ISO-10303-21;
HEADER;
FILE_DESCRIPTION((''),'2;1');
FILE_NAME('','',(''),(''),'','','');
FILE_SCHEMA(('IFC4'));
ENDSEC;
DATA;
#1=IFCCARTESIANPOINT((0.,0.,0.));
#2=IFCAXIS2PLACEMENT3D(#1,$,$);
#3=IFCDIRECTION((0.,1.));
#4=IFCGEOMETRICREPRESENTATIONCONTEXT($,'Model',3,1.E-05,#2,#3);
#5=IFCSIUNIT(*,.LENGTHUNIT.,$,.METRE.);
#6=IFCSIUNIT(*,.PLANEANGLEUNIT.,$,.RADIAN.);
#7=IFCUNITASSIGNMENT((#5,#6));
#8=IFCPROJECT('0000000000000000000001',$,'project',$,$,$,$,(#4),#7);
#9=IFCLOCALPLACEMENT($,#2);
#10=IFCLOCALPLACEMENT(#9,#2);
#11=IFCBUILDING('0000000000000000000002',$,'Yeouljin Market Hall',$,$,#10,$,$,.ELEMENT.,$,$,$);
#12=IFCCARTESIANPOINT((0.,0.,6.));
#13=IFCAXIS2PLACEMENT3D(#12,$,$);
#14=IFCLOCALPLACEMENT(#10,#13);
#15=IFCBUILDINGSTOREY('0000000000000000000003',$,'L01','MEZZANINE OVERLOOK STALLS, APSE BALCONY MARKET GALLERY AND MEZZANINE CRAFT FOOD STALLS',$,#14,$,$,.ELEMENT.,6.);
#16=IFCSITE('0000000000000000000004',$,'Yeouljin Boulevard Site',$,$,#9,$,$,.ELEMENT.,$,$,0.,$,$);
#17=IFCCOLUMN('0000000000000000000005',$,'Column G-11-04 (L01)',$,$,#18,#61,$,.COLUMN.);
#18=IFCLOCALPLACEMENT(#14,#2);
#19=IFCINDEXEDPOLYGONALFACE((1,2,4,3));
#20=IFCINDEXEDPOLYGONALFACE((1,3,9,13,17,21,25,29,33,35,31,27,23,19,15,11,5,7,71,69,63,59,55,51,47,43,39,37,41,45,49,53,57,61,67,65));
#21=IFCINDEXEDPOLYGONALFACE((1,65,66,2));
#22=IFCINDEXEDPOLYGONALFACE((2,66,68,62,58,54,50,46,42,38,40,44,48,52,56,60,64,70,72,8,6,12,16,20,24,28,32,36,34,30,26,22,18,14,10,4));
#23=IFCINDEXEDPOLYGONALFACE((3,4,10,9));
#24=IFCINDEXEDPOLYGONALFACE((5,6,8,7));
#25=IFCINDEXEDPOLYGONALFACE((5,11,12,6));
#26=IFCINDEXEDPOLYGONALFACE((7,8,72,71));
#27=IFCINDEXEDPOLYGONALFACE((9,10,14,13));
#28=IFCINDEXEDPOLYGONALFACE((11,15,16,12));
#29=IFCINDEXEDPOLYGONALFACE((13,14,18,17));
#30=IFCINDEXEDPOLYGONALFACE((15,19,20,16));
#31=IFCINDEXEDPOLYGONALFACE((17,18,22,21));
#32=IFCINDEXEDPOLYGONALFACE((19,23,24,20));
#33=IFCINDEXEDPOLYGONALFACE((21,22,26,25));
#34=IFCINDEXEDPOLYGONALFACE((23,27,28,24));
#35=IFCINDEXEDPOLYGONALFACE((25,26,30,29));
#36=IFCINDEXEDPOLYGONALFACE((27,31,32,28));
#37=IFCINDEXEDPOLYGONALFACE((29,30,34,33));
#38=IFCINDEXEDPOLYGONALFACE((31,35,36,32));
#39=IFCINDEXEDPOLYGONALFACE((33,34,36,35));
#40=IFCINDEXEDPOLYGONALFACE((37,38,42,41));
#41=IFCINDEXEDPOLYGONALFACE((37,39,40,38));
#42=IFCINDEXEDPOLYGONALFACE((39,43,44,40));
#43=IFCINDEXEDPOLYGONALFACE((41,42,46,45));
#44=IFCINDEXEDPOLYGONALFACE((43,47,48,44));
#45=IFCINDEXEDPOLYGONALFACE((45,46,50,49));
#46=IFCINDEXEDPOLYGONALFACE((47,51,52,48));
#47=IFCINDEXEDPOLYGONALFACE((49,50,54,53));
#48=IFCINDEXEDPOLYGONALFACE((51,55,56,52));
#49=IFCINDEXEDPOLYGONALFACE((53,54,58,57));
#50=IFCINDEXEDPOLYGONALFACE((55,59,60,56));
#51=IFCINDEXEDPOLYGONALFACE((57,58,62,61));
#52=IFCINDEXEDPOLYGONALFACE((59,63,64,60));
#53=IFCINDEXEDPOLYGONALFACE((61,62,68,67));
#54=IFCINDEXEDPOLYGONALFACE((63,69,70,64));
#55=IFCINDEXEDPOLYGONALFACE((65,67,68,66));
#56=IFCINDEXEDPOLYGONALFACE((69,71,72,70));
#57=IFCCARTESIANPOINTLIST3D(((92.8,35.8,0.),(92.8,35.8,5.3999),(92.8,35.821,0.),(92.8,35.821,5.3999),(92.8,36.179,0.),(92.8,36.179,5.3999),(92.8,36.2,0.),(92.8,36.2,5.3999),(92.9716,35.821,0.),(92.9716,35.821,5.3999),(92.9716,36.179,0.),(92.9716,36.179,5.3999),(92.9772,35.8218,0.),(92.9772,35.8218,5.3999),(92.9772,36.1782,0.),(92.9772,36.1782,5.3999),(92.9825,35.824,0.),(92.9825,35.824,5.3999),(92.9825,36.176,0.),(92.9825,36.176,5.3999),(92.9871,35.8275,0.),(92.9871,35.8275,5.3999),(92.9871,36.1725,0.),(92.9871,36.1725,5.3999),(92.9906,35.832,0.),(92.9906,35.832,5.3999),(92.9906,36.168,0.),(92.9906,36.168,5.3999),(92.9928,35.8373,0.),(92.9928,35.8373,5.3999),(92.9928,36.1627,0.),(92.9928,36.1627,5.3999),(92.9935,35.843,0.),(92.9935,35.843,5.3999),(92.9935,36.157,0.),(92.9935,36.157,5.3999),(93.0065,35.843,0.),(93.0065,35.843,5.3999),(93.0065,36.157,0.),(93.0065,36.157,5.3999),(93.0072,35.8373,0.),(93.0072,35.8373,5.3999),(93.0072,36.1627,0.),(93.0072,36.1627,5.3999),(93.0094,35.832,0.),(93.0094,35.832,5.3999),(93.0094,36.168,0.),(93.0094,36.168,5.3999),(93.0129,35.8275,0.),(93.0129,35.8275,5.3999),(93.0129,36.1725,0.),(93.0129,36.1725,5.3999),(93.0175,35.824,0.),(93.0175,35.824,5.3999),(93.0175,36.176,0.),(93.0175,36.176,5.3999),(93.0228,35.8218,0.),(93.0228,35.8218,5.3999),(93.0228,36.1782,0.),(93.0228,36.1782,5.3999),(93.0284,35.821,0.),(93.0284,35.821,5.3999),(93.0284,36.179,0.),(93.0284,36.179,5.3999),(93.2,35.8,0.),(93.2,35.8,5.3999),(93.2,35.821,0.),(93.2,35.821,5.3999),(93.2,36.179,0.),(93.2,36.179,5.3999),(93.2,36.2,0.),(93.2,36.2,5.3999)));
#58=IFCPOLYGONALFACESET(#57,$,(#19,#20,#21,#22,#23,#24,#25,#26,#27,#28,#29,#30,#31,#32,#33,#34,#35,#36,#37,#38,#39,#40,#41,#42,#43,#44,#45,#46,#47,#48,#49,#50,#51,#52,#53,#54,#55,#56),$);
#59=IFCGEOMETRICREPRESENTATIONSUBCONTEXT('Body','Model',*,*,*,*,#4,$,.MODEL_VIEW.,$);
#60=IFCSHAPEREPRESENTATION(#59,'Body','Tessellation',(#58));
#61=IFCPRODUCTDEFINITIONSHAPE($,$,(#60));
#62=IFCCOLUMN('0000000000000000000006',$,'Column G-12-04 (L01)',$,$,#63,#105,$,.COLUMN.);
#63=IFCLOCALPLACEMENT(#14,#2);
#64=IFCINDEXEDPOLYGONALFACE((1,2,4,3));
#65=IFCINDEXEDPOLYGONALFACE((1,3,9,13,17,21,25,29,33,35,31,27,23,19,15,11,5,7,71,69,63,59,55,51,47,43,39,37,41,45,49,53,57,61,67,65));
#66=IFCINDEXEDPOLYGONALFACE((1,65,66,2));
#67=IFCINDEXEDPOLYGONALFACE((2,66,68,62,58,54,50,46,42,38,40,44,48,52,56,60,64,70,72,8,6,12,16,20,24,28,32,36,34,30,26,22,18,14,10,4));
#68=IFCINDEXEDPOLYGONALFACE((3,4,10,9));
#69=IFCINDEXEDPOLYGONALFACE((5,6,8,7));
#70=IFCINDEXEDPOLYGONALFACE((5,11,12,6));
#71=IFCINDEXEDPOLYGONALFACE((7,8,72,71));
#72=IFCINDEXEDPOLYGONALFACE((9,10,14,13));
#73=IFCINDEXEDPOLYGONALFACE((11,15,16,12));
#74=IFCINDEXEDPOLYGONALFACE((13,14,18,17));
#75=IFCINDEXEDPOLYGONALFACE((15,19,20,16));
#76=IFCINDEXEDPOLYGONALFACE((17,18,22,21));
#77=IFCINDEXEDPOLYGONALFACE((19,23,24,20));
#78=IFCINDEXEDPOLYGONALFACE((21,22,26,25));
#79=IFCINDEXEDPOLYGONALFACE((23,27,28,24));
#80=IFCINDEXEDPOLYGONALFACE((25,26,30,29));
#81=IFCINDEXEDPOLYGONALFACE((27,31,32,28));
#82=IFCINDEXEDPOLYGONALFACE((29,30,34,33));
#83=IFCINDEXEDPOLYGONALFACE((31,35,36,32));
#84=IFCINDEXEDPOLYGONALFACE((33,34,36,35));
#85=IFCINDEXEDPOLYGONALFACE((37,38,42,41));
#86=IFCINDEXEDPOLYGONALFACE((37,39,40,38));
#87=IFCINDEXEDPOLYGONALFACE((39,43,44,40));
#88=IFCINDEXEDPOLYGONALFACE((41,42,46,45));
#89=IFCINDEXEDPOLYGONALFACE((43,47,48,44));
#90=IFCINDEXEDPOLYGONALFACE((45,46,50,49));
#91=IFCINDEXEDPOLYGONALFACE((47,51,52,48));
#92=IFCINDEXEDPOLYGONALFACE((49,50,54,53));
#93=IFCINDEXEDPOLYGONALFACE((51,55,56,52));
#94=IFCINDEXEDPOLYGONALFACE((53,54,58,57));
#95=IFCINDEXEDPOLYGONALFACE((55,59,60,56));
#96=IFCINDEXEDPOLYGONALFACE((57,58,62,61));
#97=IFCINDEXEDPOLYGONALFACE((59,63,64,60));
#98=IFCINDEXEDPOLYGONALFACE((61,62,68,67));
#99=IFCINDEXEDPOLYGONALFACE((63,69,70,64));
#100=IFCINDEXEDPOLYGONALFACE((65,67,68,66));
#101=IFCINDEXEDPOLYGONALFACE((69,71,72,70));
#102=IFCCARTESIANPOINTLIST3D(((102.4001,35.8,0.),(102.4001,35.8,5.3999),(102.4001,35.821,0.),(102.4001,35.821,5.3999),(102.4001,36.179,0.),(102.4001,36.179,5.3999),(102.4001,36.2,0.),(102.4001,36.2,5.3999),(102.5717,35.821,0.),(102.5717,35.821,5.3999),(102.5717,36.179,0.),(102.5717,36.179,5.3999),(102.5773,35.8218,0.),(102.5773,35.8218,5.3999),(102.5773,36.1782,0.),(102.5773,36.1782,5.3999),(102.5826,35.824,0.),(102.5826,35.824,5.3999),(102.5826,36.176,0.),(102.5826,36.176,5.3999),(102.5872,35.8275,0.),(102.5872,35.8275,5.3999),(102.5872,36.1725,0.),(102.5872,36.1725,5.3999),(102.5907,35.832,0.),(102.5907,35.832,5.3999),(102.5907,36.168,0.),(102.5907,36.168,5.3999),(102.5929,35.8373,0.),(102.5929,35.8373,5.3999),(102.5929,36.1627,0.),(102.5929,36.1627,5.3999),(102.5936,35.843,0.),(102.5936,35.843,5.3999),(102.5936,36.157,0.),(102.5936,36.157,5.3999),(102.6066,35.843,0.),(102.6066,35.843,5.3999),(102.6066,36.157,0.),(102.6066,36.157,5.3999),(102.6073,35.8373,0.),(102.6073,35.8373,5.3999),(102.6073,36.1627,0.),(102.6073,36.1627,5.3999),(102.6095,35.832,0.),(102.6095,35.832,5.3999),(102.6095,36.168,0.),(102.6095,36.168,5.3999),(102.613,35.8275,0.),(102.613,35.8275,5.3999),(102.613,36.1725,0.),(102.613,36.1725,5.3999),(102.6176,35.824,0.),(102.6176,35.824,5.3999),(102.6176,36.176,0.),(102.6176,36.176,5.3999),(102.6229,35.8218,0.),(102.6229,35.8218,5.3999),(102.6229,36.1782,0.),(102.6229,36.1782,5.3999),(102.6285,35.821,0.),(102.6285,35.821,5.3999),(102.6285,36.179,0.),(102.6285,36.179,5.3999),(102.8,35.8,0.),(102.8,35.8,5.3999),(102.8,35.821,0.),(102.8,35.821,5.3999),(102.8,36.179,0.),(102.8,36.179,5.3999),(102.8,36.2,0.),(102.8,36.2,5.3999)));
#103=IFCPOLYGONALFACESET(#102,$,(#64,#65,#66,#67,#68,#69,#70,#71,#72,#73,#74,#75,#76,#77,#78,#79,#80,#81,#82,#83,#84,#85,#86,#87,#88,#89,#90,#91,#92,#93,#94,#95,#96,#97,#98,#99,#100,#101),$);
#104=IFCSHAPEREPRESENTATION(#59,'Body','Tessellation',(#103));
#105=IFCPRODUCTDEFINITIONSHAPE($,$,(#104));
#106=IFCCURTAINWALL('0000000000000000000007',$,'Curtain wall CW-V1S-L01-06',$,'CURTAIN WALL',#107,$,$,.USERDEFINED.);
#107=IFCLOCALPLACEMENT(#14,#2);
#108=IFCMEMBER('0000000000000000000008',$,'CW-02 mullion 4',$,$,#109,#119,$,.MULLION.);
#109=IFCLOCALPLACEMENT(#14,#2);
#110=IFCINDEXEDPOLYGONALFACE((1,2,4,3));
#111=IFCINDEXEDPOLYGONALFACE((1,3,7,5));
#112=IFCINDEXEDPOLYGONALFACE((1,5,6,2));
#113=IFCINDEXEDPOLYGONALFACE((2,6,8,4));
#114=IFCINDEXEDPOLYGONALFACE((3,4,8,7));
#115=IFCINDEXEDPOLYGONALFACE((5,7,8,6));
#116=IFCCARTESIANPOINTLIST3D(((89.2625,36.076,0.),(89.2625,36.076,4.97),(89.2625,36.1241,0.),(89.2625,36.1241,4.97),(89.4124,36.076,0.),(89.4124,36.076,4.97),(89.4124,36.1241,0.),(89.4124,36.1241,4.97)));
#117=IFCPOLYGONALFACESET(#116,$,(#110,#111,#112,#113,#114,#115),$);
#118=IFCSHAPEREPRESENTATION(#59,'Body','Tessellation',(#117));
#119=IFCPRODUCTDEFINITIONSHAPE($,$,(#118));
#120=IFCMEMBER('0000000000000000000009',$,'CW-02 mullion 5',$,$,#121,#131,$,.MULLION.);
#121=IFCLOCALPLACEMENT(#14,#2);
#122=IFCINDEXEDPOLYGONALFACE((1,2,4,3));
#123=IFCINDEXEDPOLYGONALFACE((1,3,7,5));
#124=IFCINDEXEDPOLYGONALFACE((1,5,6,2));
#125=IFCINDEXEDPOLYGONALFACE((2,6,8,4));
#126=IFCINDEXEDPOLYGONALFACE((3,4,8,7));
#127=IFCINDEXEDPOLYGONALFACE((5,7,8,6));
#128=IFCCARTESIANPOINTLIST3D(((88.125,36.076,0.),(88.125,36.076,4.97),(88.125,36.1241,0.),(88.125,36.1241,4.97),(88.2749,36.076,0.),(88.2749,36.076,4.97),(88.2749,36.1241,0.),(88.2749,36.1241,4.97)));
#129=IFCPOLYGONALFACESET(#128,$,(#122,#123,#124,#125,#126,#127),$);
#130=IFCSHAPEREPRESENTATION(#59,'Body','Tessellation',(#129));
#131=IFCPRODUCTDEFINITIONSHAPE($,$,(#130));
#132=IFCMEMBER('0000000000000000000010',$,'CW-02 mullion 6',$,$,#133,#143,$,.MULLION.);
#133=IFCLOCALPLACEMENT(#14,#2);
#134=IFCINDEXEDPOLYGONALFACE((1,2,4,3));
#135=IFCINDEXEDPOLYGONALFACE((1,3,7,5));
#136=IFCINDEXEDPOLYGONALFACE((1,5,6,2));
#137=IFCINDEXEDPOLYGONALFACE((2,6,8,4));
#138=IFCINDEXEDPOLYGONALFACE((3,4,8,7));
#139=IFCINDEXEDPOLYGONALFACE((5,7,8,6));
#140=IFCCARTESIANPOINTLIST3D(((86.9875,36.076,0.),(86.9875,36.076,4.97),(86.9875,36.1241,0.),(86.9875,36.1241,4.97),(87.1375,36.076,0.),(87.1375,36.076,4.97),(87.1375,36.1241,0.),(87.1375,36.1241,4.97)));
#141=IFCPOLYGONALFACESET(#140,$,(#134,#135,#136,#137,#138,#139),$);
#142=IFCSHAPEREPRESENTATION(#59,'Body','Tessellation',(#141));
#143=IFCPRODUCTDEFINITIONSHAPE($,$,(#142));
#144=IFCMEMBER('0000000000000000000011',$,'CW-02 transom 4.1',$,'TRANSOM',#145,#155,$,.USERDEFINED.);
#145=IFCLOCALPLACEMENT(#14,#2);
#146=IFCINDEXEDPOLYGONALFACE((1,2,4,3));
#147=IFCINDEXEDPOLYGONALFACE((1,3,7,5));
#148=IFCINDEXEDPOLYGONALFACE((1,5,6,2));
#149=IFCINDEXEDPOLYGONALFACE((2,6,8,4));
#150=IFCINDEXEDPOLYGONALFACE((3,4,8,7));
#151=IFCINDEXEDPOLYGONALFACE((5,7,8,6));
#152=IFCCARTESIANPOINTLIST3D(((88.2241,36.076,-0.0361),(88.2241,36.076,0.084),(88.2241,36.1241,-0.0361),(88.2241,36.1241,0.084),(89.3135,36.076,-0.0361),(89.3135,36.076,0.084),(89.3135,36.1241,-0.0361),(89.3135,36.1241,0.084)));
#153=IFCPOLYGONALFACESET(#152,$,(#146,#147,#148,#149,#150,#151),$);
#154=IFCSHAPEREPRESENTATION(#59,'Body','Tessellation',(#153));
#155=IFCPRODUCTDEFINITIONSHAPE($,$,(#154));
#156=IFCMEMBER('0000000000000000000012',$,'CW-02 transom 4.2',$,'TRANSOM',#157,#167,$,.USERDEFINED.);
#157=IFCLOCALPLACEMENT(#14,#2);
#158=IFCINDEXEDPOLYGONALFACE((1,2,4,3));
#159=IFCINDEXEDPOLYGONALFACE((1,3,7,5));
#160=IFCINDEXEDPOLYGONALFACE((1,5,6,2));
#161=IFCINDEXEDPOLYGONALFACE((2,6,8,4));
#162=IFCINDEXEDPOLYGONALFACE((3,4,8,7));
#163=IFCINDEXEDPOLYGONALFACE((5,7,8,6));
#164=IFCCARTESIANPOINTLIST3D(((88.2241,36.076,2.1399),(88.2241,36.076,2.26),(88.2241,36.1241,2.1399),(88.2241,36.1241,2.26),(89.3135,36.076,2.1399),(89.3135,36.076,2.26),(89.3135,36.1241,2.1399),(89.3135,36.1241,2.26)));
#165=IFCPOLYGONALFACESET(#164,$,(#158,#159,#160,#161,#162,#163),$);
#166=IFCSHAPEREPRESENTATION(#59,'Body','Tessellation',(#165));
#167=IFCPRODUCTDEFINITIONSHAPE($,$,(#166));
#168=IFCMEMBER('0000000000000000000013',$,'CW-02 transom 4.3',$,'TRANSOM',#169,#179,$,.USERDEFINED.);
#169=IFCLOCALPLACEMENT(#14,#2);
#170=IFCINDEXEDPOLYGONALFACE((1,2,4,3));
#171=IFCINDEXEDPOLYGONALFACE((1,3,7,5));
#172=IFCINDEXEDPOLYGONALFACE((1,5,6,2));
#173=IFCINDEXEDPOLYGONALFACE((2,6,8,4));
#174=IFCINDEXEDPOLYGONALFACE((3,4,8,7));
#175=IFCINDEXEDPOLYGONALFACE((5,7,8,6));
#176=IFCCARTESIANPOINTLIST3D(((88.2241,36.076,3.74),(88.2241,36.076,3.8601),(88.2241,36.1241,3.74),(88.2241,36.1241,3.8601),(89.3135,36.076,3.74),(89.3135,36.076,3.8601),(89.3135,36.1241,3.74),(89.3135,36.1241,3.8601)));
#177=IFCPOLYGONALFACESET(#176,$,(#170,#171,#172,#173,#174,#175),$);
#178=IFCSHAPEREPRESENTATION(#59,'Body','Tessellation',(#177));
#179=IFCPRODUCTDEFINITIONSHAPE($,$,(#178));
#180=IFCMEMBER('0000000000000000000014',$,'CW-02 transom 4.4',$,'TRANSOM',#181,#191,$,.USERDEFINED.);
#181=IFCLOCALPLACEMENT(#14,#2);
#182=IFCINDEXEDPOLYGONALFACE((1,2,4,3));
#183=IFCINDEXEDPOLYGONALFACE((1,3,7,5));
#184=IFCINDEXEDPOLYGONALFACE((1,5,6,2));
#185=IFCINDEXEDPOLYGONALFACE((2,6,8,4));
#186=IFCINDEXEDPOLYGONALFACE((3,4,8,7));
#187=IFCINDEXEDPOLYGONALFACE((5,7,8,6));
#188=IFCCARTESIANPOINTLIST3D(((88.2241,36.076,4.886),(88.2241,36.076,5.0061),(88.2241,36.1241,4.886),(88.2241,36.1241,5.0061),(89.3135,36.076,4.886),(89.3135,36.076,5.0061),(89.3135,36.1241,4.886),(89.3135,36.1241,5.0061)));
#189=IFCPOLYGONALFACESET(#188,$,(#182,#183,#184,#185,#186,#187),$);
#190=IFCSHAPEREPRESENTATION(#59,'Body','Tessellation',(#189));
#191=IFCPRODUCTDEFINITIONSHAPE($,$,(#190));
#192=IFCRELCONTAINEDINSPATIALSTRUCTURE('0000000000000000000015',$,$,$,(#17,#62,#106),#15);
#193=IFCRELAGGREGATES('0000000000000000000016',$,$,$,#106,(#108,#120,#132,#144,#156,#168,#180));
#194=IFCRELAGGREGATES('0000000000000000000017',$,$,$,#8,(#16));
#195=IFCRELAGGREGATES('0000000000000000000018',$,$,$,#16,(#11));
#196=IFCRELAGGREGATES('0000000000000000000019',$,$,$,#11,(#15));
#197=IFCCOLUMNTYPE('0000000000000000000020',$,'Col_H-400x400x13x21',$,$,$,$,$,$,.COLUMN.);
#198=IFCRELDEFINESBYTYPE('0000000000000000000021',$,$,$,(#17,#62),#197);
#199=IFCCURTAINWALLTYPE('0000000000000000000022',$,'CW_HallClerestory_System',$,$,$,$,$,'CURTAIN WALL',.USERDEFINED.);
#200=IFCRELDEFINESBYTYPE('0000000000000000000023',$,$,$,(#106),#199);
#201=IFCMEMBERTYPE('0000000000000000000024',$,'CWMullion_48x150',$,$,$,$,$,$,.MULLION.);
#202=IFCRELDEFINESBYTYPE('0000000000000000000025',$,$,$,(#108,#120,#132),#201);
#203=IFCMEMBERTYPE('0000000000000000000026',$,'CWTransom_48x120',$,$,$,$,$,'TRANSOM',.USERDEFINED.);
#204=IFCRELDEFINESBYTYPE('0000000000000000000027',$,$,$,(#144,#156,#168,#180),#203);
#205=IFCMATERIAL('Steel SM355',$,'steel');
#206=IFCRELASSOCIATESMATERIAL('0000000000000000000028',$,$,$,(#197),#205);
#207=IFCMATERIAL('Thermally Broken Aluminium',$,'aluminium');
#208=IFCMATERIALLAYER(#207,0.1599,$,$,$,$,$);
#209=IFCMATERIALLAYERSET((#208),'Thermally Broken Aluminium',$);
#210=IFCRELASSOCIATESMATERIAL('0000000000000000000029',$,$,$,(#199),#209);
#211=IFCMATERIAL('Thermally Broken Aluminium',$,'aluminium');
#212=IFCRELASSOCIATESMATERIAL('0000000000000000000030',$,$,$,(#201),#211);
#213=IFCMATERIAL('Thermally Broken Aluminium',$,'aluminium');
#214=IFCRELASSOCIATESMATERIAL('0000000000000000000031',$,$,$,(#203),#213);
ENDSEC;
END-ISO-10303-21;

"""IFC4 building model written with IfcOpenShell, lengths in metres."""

from ifc_helpers import new_model, si_unit, direction, frame, origin, origin_2d, place, context, subcontext, project, spatial, rectangle, i_section, extrude, material, layer, layer_set, material_profile, profile_set, type_object, element, aggregate, save


model = new_model("IFC4")

# Units and contexts
model_context = context("Model", 3, precision=1e-05, world=origin(), true_north=direction((0.0, 1.0)))
body_context = subcontext(model_context, "Body", "Model", "MODEL_VIEW")
ifc_project = project(units=[si_unit("LENGTHUNIT", "METRE"), si_unit("PLANEANGLEUNIT", "RADIAN")], contexts=[model_context])

# Site, building, storey
site_placement = place(None, origin())
site = spatial("IfcSite", under=ifc_project, at=site_placement, Name="Yeouljin Boulevard Site", CompositionType="ELEMENT", RefElevation=0.0)
building_placement = place(site_placement, origin())
building = spatial("IfcBuilding", under=site, at=building_placement, Name="Yeouljin Market Hall", CompositionType="ELEMENT")
storey_placement = place(building_placement, frame((0.0, 0.0, 6.0)))
storey = spatial("IfcBuildingStorey", under=building, at=storey_placement, Name="L01", Description="MEZZANINE OVERLOOK STALLS, APSE BALCONY MARKET GALLERY AND MEZZANINE CRAFT FOOD STALLS", CompositionType="ELEMENT", Elevation=6.0)

# Columns
ifc_material_1 = material(Name="Steel SM355", Category="steel")
ifc_material_profile_1 = material_profile(ifc_material_1, i_section(OverallWidth=0.3999, OverallDepth=0.3999, WebThickness=0.0129, FlangeThickness=0.021, FilletRadius=0.022, at=origin_2d()), Name="H-400x400x13x21")
ifc_profile_set_1 = profile_set([ifc_material_profile_1], Name="Steel SM355")
column_type = type_object("IfcColumnType", Name="Col_H-400x400x13x21", PredefinedType="COLUMN", material=ifc_profile_set_1)
for number, where, z_axis, x_axis, name in (
    (1, (93.0, 36.0, 0.0), (0.0, 0.0, 1.0), (1.0, 0.0, 0.0), "Column G-11-04 (L01)"),
    (2, (102.6001, 36.0, 0.0), (0.0, 0.0, 1.0), (1.0, 0.0, 0.0), "Column G-12-04 (L01)"),
):
    element("IfcColumn", number, at=place(storey_placement, frame(where, z_axis=z_axis, x_axis=x_axis)), inside=storey, type_object=column_type, Name=name, PredefinedType="COLUMN", context=body_context, shape_type="SweptSolid", body=[
        extrude(i_section(OverallWidth=0.3999, OverallDepth=0.3999, WebThickness=0.0129, FlangeThickness=0.021, FilletRadius=0.022, at=origin_2d()), origin(), (0.0, 0.0, 1.0), 5.3999),
    ])

# Curtain wall, members
ifc_material_2 = material(Name="Thermally Broken Aluminium", Category="aluminium")
ifc_layer_1 = layer(ifc_material_2, 0.1599)
ifc_layer_set_1 = layer_set([ifc_layer_1], Name="Thermally Broken Aluminium")
curtain_wall_type = type_object("IfcCurtainWallType", Name="CW_HallClerestory_System", ElementType="CURTAIN WALL", PredefinedType="USERDEFINED", material=ifc_layer_set_1)
curtain_wall_placement = place(storey_placement, origin())
curtain_wall = element("IfcCurtainWall", 3, at=curtain_wall_placement, inside=storey, type_object=curtain_wall_type, Name="Curtain wall CW-V1S-L01-06", ObjectType="CURTAIN WALL", PredefinedType="USERDEFINED")
ifc_material_3 = material(Name="Thermally Broken Aluminium", Category="aluminium")
ifc_material_profile_2 = material_profile(ifc_material_3, rectangle(XDim=0.0481, YDim=0.1499, at=origin_2d()), Name="CW-MULL-48x150")
ifc_profile_set_2 = profile_set([ifc_material_profile_2], Name="Thermally Broken Aluminium")
member_type_1 = type_object("IfcMemberType", Name="CWMullion_48x150", PredefinedType="MULLION", material=ifc_profile_set_2)
member_1_placement = place(storey_placement, frame((89.3374, 36.1001, 0.0), z_axis=(0.0, 0.0, 1.0), x_axis=(0.0, -1.0, 0.0)))
member_1 = element("IfcMember", 4, at=member_1_placement, type_object=member_type_1, Name="CW-02 mullion 4", PredefinedType="MULLION", context=body_context, shape_type="SweptSolid", body=[
    extrude(rectangle(XDim=0.0481, YDim=0.1499, at=origin_2d()), origin(), (0.0, 0.0, 1.0), 4.97),
])
member_2_placement = place(storey_placement, frame((88.2, 36.1001, 0.0), z_axis=(0.0, 0.0, 1.0), x_axis=(0.0, -1.0, 0.0)))
member_2 = element("IfcMember", 5, at=member_2_placement, type_object=member_type_1, Name="CW-02 mullion 5", PredefinedType="MULLION", context=body_context, shape_type="SweptSolid", body=[
    extrude(rectangle(XDim=0.0481, YDim=0.1499, at=origin_2d()), origin(), (0.0, 0.0, 1.0), 4.97),
])
member_3_placement = place(storey_placement, frame((87.0625, 36.1001, 0.0), z_axis=(0.0, 0.0, 1.0), x_axis=(0.0, -1.0, 0.0)))
member_3 = element("IfcMember", 6, at=member_3_placement, type_object=member_type_1, Name="CW-02 mullion 6", PredefinedType="MULLION", context=body_context, shape_type="SweptSolid", body=[
    extrude(rectangle(XDim=0.0481, YDim=0.1499, at=origin_2d()), origin(), (0.0, 0.0, 1.0), 4.97),
])
ifc_material_4 = material(Name="Thermally Broken Aluminium", Category="aluminium")
ifc_material_profile_3 = material_profile(ifc_material_4, rectangle(XDim=0.0481, YDim=0.1201, at=origin_2d()), Name="CW-TRAN-48x120")
ifc_profile_set_3 = profile_set([ifc_material_profile_3], Name="Thermally Broken Aluminium")
member_type_2 = type_object("IfcMemberType", Name="CWTransom_48x120", ElementType="TRANSOM", PredefinedType="USERDEFINED", material=ifc_profile_set_3)
member_4_placement = place(storey_placement, frame((89.3135, 36.1001, 0.0239), z_axis=(-1.0, 0.0, 0.0), x_axis=(0.0, -1.0, 0.0)))
member_4 = element("IfcMember", 7, at=member_4_placement, type_object=member_type_2, Name="CW-02 transom 4.1", ObjectType="TRANSOM", PredefinedType="USERDEFINED", context=body_context, shape_type="SweptSolid", body=[
    extrude(rectangle(XDim=0.0481, YDim=0.1201, at=origin_2d()), origin(), (0.0, 0.0, 1.0), 1.0894),
])
member_5_placement = place(storey_placement, frame((89.3135, 36.1001, 2.2), z_axis=(-1.0, 0.0, 0.0), x_axis=(0.0, -1.0, 0.0)))
member_5 = element("IfcMember", 8, at=member_5_placement, type_object=member_type_2, Name="CW-02 transom 4.2", ObjectType="TRANSOM", PredefinedType="USERDEFINED", context=body_context, shape_type="SweptSolid", body=[
    extrude(rectangle(XDim=0.0481, YDim=0.1201, at=origin_2d()), origin(), (0.0, 0.0, 1.0), 1.0894),
])
member_6_placement = place(storey_placement, frame((89.3135, 36.1001, 3.8), z_axis=(-1.0, 0.0, 0.0), x_axis=(0.0, -1.0, 0.0)))
member_6 = element("IfcMember", 9, at=member_6_placement, type_object=member_type_2, Name="CW-02 transom 4.3", ObjectType="TRANSOM", PredefinedType="USERDEFINED", context=body_context, shape_type="SweptSolid", body=[
    extrude(rectangle(XDim=0.0481, YDim=0.1201, at=origin_2d()), origin(), (0.0, 0.0, 1.0), 1.0894),
])
member_7_placement = place(storey_placement, frame((89.3135, 36.1001, 4.946), z_axis=(-1.0, 0.0, 0.0), x_axis=(0.0, -1.0, 0.0)))
member_7 = element("IfcMember", 10, at=member_7_placement, type_object=member_type_2, Name="CW-02 transom 4.4", ObjectType="TRANSOM", PredefinedType="USERDEFINED", context=body_context, shape_type="SweptSolid", body=[
    extrude(rectangle(XDim=0.0481, YDim=0.1201, at=origin_2d()), origin(), (0.0, 0.0, 1.0), 1.0894),
])

aggregate(curtain_wall, [member_1, member_2, member_3, member_4, member_5, member_6, member_7])

save(model, "model.ifc")
